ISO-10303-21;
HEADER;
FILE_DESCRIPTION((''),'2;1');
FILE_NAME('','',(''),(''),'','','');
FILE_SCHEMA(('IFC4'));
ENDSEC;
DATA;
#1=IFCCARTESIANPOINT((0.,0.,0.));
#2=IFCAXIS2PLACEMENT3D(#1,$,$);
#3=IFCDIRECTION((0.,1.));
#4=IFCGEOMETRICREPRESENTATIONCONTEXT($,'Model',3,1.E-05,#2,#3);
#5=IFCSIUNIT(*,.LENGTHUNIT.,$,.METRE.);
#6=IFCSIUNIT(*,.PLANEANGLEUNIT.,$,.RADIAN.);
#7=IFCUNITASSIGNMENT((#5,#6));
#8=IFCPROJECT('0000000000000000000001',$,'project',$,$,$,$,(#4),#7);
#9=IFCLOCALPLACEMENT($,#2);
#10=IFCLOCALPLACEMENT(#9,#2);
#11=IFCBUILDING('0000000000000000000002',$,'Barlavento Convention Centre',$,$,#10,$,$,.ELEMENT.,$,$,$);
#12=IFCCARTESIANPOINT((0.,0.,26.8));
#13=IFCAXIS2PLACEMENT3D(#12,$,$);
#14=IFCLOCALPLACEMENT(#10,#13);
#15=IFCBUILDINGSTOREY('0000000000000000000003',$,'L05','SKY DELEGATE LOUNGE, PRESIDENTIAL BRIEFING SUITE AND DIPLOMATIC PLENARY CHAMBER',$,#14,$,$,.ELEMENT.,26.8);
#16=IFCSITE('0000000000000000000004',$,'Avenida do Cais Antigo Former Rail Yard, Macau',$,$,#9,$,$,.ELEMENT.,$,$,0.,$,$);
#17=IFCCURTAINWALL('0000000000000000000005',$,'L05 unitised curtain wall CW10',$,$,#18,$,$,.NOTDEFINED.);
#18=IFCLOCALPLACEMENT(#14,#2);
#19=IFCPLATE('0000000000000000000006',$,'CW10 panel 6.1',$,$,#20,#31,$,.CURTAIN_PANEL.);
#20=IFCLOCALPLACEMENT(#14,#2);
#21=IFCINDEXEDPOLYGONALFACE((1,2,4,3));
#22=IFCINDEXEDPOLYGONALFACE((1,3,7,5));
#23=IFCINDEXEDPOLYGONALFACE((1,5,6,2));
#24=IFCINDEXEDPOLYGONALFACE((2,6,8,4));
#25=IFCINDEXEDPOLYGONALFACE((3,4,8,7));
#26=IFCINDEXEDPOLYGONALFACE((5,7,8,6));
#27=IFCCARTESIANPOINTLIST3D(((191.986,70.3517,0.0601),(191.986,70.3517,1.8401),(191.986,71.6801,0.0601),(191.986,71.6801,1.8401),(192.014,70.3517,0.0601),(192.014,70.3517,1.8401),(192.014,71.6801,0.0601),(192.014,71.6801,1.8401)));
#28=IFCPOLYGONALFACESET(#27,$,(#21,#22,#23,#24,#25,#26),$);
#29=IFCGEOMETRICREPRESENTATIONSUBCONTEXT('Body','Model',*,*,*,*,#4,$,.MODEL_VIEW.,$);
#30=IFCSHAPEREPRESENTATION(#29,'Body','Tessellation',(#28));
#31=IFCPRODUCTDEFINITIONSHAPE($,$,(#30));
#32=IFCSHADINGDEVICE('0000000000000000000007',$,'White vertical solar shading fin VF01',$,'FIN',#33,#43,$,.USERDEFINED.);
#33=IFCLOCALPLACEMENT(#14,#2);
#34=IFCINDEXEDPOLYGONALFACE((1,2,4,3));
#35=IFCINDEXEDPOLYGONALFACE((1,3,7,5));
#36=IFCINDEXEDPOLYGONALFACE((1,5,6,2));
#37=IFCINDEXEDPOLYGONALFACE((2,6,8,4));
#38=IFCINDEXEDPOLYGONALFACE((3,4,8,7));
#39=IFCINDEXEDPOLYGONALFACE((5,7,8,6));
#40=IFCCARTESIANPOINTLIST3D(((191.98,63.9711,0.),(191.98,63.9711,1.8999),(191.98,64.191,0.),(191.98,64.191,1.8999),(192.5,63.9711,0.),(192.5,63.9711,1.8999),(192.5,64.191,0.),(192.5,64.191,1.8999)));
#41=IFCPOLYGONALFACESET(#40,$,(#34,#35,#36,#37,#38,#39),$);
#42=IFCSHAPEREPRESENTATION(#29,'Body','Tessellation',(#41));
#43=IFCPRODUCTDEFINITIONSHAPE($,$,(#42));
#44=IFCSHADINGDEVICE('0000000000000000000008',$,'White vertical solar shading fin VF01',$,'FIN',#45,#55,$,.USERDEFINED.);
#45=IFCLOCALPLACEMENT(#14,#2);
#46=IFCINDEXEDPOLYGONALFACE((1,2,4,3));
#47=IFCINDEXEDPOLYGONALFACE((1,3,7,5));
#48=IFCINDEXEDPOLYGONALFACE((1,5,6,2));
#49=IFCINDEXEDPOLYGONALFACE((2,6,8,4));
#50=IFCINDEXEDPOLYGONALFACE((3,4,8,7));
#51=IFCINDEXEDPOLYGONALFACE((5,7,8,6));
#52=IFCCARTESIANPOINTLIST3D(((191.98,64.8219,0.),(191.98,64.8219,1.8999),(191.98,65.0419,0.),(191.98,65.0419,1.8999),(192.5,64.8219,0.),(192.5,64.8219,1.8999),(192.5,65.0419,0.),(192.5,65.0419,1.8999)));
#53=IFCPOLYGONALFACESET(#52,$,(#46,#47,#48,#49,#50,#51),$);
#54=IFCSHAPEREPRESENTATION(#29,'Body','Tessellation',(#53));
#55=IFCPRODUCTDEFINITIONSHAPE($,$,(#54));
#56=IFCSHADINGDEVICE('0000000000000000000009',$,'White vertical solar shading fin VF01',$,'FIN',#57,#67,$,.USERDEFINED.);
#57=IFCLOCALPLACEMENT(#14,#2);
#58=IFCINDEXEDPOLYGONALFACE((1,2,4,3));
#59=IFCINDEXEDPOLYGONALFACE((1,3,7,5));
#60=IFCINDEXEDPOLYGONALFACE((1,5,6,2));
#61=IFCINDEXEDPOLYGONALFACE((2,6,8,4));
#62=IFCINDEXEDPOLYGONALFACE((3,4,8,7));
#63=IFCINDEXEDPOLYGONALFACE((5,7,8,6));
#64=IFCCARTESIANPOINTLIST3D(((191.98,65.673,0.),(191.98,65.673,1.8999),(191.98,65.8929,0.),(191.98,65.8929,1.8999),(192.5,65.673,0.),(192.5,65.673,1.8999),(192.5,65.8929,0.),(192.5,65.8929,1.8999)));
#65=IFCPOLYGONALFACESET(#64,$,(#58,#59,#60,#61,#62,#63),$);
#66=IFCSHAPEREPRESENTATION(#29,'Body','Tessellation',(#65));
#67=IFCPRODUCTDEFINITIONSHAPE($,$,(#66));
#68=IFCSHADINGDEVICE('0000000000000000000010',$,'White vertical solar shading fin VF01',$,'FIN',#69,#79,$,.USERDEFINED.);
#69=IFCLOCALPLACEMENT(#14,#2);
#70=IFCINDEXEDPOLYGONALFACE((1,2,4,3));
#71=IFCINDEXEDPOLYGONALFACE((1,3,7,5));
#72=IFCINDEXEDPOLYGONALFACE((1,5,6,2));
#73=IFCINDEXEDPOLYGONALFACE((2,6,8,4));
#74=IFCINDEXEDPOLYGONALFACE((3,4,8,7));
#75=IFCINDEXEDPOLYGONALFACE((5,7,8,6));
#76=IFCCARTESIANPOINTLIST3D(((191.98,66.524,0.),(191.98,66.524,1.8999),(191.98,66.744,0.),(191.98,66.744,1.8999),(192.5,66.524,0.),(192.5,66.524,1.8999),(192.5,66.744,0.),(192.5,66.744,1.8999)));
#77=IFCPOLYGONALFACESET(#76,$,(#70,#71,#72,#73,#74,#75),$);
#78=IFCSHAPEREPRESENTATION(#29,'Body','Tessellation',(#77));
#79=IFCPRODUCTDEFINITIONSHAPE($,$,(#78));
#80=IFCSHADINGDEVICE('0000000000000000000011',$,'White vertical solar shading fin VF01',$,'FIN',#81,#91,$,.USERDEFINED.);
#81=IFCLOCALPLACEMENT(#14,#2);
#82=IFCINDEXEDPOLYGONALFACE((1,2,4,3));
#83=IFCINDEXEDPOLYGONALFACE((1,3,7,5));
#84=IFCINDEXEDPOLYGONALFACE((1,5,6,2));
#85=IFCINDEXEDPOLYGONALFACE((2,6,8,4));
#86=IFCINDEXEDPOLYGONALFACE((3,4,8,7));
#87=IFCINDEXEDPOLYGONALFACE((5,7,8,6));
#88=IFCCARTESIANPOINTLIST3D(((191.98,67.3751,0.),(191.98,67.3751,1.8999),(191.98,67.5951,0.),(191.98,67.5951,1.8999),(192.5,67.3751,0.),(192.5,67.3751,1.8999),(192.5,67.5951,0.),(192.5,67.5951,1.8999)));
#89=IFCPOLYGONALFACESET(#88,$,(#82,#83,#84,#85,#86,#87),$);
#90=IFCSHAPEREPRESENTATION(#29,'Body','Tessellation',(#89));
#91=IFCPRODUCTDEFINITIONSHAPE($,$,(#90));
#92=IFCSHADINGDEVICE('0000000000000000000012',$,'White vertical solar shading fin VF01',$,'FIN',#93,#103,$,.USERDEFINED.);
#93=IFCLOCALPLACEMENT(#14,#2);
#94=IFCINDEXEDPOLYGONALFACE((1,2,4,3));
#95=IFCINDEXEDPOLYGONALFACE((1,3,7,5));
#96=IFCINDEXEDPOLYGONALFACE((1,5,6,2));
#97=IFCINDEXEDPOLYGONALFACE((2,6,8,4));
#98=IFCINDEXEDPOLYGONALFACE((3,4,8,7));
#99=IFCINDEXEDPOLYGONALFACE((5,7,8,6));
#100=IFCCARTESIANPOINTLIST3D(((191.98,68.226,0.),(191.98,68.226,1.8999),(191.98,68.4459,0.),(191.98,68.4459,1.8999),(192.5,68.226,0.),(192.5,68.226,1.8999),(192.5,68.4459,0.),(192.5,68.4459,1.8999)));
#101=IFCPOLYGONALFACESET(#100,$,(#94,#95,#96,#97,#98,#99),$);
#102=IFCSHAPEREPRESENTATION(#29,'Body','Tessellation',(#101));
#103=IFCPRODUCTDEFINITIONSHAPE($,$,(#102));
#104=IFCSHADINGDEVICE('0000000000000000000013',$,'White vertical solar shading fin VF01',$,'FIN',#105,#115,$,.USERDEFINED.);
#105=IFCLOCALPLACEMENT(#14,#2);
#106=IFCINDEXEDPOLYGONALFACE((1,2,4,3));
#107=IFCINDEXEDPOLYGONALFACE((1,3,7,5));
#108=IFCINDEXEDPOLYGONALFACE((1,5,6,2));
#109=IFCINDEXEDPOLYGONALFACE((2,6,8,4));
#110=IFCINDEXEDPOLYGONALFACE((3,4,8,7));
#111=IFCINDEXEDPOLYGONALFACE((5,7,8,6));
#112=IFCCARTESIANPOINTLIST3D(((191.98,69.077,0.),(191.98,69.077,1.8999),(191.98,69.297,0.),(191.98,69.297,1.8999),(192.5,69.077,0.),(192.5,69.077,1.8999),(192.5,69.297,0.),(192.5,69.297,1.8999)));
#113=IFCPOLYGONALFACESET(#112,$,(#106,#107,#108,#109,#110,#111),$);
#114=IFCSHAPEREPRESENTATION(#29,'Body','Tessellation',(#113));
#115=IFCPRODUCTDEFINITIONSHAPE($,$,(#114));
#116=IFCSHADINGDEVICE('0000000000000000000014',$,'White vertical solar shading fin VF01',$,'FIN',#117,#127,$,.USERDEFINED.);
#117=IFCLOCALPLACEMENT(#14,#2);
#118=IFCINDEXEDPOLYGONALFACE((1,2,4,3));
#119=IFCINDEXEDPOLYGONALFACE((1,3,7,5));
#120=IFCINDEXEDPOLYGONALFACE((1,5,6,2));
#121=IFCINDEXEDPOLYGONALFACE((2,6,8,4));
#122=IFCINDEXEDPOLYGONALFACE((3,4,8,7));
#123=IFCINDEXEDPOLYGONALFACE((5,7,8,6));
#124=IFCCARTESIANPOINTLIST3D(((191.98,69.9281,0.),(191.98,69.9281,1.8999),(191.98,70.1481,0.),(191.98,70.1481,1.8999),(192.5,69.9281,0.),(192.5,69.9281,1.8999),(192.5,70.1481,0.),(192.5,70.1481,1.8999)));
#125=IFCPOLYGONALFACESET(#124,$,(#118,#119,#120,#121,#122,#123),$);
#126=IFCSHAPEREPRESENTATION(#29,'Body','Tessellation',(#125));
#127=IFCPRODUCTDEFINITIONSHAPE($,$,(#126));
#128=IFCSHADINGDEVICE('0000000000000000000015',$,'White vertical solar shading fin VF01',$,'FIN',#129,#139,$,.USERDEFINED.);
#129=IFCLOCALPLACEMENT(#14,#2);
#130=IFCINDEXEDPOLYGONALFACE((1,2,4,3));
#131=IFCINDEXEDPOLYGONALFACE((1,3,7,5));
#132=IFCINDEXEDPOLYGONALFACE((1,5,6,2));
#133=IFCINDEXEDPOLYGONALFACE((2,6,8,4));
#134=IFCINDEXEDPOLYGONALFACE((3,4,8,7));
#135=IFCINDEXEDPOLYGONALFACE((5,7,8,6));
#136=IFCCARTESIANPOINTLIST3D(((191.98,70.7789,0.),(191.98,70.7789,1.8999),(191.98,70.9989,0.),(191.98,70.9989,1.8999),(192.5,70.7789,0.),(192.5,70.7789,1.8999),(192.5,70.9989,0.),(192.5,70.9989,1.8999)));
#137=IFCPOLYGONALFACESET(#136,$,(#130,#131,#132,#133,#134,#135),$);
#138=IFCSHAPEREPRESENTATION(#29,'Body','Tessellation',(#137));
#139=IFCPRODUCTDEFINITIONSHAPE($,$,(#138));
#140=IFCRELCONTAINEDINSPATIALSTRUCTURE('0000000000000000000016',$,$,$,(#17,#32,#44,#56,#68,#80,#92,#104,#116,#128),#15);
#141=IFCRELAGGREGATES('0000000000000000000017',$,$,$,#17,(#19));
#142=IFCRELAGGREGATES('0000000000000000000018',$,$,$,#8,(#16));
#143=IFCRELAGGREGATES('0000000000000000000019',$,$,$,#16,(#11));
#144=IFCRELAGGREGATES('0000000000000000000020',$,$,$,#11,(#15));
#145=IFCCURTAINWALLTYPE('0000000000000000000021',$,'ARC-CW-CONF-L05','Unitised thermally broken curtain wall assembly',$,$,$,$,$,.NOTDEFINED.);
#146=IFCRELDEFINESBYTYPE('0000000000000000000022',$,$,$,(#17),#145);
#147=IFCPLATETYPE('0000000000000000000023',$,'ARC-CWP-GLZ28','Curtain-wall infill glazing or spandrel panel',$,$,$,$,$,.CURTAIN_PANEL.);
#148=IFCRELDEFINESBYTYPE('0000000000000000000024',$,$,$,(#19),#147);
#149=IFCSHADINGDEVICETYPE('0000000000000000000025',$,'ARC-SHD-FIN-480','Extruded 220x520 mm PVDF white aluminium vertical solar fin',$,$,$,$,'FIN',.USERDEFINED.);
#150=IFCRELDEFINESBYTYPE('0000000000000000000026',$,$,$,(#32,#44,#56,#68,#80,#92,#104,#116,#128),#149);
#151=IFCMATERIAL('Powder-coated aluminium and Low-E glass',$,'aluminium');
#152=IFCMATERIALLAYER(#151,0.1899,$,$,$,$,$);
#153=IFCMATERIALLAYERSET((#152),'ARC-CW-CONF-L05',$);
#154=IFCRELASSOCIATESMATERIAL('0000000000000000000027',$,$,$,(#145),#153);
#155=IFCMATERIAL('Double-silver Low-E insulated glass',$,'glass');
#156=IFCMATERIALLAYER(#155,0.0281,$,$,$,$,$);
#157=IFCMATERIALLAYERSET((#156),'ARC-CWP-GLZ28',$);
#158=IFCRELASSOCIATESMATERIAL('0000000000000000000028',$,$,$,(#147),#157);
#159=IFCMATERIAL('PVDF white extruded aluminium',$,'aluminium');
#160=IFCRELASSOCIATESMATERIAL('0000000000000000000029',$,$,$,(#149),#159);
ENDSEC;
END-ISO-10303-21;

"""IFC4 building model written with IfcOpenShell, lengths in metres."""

from ifc_helpers import new_model, si_unit, direction, frame, origin, origin_2d, place, context, subcontext, project, spatial, rectangle, extrude, material, layer, layer_set, type_object, element, aggregate, save


model = new_model("IFC4")

# Units and contexts
model_context = context("Model", 3, precision=1e-05, world=origin(), true_north=direction((0.0, 1.0)))
body_context = subcontext(model_context, "Body", "Model", "MODEL_VIEW")
ifc_project = project(units=[si_unit("LENGTHUNIT", "METRE"), si_unit("PLANEANGLEUNIT", "RADIAN")], contexts=[model_context])

# Site, building, storey
site_placement = place(None, origin())
site = spatial("IfcSite", under=ifc_project, at=site_placement, Name="Avenida do Cais Antigo Former Rail Yard, Macau", CompositionType="ELEMENT", RefElevation=0.0)
building_placement = place(site_placement, origin())
building = spatial("IfcBuilding", under=site, at=building_placement, Name="Barlavento Convention Centre", CompositionType="ELEMENT")
storey_placement = place(building_placement, frame((0.0, 0.0, 26.8)))
storey = spatial("IfcBuildingStorey", under=building, at=storey_placement, Name="L05", Description="SKY DELEGATE LOUNGE, PRESIDENTIAL BRIEFING SUITE AND DIPLOMATIC PLENARY CHAMBER", CompositionType="ELEMENT", Elevation=26.8)

# Curtain wall, plate
ifc_material_1 = material(Name="Powder-coated aluminium and Low-E glass", Category="aluminium")
ifc_layer_1 = layer(ifc_material_1, 0.1899)
ifc_layer_set_1 = layer_set([ifc_layer_1], Name="ARC-CW-CONF-L05")
curtain_wall_type = type_object("IfcCurtainWallType", Name="ARC-CW-CONF-L05", Description="Unitised thermally broken curtain wall assembly", PredefinedType="NOTDEFINED", material=ifc_layer_set_1)
curtain_wall_placement = place(storey_placement, origin())
curtain_wall = element("IfcCurtainWall", 1, at=curtain_wall_placement, inside=storey, type_object=curtain_wall_type, Name="L05 unitised curtain wall CW10", PredefinedType="NOTDEFINED")
ifc_material_2 = material(Name="Double-silver Low-E insulated glass", Category="glass")
ifc_layer_2 = layer(ifc_material_2, 0.0281)
ifc_layer_set_2 = layer_set([ifc_layer_2], Name="ARC-CWP-GLZ28")
plate_type = type_object("IfcPlateType", Name="ARC-CWP-GLZ28", Description="Curtain-wall infill glazing or spandrel panel", PredefinedType="CURTAIN_PANEL", material=ifc_layer_set_2)
plate_1_placement = place(storey_placement, frame((192.0, 71.0159, 0.0601), z_axis=(0.0, 0.0, 1.0), x_axis=(0.0, 1.0, 0.0)))
plate_1 = element("IfcPlate", 2, at=plate_1_placement, type_object=plate_type, Name="CW10 panel 6.1", PredefinedType="CURTAIN_PANEL", context=body_context, shape_type="SweptSolid", body=[
    extrude(rectangle(XDim=1.3284, YDim=0.0281, at=origin_2d()), origin(), (0.0, 0.0, 1.0), 1.78),
])
aggregate(curtain_wall, [plate_1])

# Shading devices
ifc_material_3 = material(Name="PVDF white extruded aluminium", Category="aluminium")
shading_device_type = type_object("IfcShadingDeviceType", Name="ARC-SHD-FIN-480", Description="Extruded 220x520 mm PVDF white aluminium vertical solar fin", ElementType="FIN", PredefinedType="USERDEFINED", material=ifc_material_3)
for number, where, z_axis, x_axis, name in (
    (3, (192.24, 64.0811, 0.0), (0.0, 0.0, 1.0), (0.0, 1.0, 0.0), "White vertical solar shading fin VF01"),
    (4, (192.24, 64.9319, 0.0), (0.0, 0.0, 1.0), (0.0, 1.0, 0.0), "White vertical solar shading fin VF01"),
    (5, (192.24, 65.783, 0.0), (0.0, 0.0, 1.0), (0.0, 1.0, 0.0), "White vertical solar shading fin VF01"),
    (6, (192.24, 66.634, 0.0), (0.0, 0.0, 1.0), (0.0, 1.0, 0.0), "White vertical solar shading fin VF01"),
    (7, (192.24, 67.4851, 0.0), (0.0, 0.0, 1.0), (0.0, 1.0, 0.0), "White vertical solar shading fin VF01"),
    (8, (192.24, 68.3359, 0.0), (0.0, 0.0, 1.0), (0.0, 1.0, 0.0), "White vertical solar shading fin VF01"),
    (9, (192.24, 69.187, 0.0), (0.0, 0.0, 1.0), (0.0, 1.0, 0.0), "White vertical solar shading fin VF01"),
    (10, (192.24, 70.0381, 0.0), (0.0, 0.0, 1.0), (0.0, 1.0, 0.0), "White vertical solar shading fin VF01"),
    (11, (192.24, 70.8889, 0.0), (0.0, 0.0, 1.0), (0.0, 1.0, 0.0), "White vertical solar shading fin VF01"),
):
    element("IfcShadingDevice", number, at=place(storey_placement, frame(where, z_axis=z_axis, x_axis=x_axis)), inside=storey, type_object=shading_device_type, Name=name, ObjectType="FIN", PredefinedType="USERDEFINED", context=body_context, shape_type="SweptSolid", body=[
        extrude(rectangle(XDim=0.22, YDim=0.52, at=origin_2d()), origin(), (0.0, 0.0, 1.0), 1.8999),
    ])

save(model, "model.ifc")
